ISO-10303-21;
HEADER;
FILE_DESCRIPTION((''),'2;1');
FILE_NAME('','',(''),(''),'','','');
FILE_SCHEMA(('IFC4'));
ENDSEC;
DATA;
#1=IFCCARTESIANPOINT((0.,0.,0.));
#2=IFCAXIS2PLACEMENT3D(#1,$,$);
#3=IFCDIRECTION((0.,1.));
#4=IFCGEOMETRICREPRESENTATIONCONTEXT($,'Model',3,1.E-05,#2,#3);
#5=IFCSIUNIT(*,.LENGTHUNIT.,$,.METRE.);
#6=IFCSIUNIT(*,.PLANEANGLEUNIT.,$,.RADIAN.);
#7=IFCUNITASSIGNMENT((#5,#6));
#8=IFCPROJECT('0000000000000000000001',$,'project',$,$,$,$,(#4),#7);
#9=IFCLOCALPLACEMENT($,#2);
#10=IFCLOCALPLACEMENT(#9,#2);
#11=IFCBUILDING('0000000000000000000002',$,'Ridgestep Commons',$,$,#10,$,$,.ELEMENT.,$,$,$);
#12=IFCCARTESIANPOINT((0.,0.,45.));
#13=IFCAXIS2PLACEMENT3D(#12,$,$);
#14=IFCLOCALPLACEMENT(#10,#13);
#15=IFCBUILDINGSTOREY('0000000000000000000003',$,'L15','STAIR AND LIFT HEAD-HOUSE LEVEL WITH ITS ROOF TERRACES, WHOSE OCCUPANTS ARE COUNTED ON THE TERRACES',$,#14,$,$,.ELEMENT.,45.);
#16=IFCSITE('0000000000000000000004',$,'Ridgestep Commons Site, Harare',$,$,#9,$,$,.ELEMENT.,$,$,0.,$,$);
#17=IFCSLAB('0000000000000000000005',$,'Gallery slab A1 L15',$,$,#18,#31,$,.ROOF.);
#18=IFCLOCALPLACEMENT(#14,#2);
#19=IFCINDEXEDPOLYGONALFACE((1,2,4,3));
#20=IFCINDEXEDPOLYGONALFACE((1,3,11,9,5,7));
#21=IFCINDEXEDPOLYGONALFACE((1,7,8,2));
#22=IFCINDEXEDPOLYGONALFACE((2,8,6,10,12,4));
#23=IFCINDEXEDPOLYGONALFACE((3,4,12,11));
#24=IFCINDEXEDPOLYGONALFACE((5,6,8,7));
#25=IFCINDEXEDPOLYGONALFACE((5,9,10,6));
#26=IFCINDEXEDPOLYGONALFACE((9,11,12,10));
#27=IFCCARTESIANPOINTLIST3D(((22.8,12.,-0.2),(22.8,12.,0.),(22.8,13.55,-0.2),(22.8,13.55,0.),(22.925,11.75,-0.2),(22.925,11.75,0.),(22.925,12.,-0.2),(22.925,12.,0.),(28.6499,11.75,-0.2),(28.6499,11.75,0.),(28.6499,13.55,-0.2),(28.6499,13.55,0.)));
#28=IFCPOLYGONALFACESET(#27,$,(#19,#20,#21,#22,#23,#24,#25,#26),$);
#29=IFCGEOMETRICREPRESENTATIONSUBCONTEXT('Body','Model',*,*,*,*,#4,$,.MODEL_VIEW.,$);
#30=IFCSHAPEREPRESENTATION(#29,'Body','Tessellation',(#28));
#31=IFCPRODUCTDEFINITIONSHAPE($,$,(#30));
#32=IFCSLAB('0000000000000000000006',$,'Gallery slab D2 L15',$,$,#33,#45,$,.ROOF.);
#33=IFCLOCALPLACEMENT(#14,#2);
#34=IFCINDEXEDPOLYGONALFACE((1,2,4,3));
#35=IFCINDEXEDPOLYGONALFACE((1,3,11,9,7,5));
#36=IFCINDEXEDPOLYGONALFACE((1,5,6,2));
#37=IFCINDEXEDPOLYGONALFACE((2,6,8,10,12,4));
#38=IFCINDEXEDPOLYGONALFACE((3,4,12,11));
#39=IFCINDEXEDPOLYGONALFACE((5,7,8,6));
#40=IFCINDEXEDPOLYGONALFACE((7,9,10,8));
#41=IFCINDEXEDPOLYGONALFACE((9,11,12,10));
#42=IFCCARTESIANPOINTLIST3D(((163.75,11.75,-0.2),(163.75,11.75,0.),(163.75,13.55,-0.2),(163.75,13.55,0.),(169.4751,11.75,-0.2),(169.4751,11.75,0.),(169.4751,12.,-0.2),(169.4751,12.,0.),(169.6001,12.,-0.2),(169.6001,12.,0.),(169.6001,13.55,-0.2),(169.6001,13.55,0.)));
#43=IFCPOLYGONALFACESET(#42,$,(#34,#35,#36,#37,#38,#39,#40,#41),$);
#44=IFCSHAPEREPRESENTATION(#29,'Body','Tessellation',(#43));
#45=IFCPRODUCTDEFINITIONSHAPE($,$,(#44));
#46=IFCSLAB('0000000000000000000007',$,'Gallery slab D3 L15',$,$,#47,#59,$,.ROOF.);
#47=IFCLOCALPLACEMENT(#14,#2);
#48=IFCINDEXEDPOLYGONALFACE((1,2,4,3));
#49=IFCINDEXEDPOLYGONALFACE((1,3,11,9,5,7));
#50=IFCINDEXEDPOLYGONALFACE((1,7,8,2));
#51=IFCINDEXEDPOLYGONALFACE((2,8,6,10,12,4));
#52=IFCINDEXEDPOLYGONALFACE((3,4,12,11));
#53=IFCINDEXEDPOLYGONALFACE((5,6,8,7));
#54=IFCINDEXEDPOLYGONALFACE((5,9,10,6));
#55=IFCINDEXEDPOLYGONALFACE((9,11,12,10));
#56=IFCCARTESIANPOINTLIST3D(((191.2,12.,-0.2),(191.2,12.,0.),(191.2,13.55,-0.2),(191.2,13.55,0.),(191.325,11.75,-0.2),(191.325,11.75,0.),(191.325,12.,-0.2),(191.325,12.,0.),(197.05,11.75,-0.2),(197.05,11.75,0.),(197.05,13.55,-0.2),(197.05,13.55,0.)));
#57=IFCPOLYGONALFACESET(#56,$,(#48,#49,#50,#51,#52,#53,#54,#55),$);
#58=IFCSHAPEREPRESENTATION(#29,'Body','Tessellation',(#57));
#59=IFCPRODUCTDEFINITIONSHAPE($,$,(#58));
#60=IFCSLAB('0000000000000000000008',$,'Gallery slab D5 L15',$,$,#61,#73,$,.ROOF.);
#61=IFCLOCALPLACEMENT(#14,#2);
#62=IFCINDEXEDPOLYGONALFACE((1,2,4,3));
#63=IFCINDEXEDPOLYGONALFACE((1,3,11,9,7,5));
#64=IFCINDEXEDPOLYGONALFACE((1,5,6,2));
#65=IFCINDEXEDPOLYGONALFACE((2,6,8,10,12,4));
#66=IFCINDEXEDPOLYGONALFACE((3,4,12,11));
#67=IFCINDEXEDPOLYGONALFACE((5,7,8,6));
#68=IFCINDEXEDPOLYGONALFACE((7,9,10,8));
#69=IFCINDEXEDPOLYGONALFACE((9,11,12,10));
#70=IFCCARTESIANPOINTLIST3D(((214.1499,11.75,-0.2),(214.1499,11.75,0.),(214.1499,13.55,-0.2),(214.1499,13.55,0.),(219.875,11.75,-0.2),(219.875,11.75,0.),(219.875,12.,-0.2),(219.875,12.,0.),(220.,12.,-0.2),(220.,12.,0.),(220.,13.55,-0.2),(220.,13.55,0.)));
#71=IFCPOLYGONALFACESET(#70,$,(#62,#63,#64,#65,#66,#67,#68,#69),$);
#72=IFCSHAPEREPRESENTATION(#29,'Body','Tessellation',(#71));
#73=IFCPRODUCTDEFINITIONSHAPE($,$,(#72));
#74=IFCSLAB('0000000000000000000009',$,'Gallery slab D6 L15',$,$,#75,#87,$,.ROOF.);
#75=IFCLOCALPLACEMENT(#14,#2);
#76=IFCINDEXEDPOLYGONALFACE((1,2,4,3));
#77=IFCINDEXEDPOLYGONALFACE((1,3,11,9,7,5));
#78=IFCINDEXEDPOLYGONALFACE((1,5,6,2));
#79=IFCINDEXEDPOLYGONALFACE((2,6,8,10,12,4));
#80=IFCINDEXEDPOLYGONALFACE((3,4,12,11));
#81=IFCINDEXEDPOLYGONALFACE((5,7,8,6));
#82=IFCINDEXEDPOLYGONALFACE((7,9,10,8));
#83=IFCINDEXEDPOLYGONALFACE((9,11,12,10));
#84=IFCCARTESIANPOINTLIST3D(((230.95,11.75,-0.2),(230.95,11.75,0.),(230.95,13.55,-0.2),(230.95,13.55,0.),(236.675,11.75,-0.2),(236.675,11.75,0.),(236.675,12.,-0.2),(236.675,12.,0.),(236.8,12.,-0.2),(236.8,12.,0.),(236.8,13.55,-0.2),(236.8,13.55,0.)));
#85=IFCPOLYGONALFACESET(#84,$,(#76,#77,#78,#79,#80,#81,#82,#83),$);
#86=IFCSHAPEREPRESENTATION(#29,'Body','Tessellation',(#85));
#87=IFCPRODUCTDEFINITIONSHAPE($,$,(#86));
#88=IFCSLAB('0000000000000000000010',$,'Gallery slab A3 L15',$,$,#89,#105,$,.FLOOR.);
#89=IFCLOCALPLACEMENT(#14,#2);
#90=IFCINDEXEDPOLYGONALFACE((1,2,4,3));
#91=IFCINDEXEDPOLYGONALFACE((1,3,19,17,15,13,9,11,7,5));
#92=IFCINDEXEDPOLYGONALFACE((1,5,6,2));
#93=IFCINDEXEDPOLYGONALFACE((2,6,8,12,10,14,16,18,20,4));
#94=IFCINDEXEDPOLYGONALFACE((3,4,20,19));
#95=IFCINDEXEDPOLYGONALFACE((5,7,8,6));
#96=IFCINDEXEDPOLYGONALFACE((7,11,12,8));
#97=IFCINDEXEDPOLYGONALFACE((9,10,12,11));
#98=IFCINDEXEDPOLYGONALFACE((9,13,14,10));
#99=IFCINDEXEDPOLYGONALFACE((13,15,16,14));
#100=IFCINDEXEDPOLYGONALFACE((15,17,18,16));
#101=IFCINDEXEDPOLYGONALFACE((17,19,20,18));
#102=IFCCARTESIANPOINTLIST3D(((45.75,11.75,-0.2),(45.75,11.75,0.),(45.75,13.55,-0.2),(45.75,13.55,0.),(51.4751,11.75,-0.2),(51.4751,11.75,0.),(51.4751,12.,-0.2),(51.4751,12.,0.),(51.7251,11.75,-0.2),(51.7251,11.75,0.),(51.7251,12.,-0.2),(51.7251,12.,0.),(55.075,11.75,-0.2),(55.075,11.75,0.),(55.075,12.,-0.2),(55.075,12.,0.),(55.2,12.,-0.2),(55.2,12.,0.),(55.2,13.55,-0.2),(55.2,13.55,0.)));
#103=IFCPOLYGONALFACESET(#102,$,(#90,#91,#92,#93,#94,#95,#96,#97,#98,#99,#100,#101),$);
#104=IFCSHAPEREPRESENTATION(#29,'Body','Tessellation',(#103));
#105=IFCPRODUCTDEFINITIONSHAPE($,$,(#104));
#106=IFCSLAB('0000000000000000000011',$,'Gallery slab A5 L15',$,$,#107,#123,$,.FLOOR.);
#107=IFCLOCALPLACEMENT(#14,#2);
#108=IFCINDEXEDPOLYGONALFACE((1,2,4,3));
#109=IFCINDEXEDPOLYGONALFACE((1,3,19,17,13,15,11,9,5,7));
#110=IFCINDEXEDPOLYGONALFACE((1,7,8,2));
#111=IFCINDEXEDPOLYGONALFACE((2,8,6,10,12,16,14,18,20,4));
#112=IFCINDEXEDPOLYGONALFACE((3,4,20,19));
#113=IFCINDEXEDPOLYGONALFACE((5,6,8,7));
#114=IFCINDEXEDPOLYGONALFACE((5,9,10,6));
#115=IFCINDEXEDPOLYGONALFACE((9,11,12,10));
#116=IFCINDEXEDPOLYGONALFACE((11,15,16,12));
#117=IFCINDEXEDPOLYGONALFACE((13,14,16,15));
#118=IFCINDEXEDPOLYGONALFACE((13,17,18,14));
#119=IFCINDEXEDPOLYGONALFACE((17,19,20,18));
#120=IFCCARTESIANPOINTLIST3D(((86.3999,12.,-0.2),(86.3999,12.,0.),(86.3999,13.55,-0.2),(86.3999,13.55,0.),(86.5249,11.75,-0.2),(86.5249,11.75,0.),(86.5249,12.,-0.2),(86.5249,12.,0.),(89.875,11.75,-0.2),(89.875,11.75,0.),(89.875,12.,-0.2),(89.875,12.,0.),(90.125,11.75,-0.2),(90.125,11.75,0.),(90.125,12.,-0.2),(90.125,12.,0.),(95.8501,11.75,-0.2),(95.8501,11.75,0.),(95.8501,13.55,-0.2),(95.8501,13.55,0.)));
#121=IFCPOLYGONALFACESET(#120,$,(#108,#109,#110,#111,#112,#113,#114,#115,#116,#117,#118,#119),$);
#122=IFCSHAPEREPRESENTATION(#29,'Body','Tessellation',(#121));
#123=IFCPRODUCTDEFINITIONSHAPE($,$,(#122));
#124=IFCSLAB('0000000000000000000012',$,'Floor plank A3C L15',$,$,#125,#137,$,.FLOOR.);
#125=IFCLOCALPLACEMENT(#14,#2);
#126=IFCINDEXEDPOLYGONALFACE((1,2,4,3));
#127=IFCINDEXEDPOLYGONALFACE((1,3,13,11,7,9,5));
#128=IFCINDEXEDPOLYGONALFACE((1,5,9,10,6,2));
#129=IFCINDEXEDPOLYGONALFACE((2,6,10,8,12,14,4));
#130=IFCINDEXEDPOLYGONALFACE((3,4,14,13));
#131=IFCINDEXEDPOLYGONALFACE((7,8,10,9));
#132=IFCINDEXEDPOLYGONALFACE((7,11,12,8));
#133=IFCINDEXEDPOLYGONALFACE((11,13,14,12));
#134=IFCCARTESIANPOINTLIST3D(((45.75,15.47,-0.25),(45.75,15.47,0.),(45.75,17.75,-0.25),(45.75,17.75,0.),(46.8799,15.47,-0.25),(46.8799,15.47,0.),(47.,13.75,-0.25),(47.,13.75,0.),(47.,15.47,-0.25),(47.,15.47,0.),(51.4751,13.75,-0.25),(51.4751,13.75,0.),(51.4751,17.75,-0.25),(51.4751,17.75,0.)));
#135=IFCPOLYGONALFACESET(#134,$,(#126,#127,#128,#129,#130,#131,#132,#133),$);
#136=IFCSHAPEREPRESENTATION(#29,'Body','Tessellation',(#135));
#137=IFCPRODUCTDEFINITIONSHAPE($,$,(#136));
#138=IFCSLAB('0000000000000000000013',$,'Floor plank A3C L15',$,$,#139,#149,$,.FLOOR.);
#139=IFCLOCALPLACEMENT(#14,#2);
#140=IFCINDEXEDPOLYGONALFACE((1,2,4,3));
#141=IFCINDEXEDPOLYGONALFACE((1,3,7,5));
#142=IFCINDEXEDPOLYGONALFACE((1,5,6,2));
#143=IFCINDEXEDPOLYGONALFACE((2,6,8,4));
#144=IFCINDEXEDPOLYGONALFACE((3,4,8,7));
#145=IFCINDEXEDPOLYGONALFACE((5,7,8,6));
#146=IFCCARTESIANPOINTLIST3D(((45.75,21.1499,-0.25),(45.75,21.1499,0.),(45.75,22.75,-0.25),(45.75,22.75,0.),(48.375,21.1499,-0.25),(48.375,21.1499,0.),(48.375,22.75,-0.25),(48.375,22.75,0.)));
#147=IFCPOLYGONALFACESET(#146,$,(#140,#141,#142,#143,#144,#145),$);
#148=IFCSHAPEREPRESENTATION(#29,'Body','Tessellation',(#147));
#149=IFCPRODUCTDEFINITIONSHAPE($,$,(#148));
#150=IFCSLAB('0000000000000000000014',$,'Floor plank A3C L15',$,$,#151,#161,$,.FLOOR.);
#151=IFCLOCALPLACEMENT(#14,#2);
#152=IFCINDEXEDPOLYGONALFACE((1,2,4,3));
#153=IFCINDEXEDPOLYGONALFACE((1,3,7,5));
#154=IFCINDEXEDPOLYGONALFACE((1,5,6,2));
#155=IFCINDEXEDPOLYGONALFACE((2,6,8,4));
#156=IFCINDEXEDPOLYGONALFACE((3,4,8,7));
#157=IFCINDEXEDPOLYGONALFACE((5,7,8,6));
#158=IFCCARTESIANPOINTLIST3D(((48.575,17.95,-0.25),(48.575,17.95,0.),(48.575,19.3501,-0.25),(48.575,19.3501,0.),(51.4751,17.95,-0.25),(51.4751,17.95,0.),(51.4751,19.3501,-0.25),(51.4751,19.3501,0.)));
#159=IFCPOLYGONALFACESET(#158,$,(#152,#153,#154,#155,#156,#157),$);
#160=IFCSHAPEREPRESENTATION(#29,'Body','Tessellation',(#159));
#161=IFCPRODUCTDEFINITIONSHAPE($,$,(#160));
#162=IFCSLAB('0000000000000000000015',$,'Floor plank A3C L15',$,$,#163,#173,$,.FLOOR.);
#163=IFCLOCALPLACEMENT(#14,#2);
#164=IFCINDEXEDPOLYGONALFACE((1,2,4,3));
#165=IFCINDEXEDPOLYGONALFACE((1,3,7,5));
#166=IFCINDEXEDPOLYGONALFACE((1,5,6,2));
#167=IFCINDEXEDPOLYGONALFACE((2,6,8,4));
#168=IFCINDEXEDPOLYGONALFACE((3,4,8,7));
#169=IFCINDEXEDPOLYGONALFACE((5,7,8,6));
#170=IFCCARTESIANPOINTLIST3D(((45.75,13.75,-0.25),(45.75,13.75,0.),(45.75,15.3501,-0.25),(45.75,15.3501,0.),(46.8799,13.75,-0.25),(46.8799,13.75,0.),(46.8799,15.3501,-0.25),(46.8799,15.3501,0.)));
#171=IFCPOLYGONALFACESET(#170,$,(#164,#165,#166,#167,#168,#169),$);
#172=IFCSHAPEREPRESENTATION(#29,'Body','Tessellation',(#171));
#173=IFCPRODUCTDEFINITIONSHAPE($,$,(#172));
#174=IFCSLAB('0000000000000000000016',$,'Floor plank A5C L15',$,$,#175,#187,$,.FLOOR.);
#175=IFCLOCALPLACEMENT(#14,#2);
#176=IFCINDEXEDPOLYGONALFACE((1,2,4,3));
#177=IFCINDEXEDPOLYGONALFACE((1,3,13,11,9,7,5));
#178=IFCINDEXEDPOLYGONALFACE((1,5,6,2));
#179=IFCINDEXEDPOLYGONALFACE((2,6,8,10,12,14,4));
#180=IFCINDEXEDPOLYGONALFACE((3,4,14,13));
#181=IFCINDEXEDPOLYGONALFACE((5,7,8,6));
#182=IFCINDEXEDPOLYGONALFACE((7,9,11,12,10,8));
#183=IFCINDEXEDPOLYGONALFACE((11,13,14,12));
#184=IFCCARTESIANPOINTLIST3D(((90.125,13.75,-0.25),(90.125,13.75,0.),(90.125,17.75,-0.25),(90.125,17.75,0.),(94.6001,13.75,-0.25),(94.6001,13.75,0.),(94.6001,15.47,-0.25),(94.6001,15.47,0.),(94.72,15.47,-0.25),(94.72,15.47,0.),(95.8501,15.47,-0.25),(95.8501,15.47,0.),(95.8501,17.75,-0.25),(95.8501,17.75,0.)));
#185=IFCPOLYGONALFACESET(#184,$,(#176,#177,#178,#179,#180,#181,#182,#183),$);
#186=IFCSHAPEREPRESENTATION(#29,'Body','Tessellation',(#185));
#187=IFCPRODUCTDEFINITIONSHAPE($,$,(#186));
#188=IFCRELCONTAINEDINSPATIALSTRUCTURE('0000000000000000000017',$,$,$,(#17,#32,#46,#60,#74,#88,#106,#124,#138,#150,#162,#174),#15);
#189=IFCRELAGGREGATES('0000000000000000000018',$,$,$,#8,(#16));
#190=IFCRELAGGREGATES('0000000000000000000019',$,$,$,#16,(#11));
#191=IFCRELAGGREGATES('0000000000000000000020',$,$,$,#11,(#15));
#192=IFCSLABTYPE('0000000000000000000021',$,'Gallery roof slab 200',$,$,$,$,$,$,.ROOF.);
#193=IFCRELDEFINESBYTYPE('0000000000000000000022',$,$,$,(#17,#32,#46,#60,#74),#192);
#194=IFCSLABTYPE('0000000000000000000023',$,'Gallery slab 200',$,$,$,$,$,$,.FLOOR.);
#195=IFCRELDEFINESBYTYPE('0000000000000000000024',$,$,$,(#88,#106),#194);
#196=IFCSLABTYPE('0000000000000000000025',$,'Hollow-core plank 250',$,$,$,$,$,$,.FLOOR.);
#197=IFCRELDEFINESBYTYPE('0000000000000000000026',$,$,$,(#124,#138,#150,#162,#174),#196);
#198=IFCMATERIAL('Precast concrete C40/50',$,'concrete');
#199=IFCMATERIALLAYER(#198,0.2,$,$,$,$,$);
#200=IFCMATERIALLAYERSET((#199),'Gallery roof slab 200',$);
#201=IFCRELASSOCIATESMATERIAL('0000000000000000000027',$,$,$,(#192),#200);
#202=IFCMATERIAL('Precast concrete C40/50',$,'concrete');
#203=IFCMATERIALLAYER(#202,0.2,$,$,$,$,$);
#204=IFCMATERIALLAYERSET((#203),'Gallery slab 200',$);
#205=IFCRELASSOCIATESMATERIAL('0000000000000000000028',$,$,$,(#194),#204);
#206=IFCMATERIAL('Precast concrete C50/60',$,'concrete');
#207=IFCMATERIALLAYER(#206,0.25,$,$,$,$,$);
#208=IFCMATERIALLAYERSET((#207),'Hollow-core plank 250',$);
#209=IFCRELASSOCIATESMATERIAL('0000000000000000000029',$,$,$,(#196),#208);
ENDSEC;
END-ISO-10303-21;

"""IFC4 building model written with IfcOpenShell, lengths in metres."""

from ifc_helpers import new_model, si_unit, direction, frame, origin, place, context, subcontext, project, spatial, polyline, outline, extrude, material, layer, layer_set, type_object, element, save


model = new_model("IFC4")

# Units and contexts
model_context = context("Model", 3, precision=1e-05, world=origin(), true_north=direction((0.0, 1.0)))
body_context = subcontext(model_context, "Body", "Model", "MODEL_VIEW")
ifc_project = project(units=[si_unit("LENGTHUNIT", "METRE"), si_unit("PLANEANGLEUNIT", "RADIAN")], contexts=[model_context])

# Site, building, storey
site_placement = place(None, origin())
site = spatial("IfcSite", under=ifc_project, at=site_placement, Name="Ridgestep Commons Site, Harare", CompositionType="ELEMENT", RefElevation=0.0)
building_placement = place(site_placement, origin())
building = spatial("IfcBuilding", under=site, at=building_placement, Name="Ridgestep Commons", CompositionType="ELEMENT")
storey_placement = place(building_placement, frame((0.0, 0.0, 45.0)))
storey = spatial("IfcBuildingStorey", under=building, at=storey_placement, Name="L15", Description="STAIR AND LIFT HEAD-HOUSE LEVEL WITH ITS ROOF TERRACES, WHOSE OCCUPANTS ARE COUNTED ON THE TERRACES", CompositionType="ELEMENT", Elevation=45.0)

# Slabs
ifc_material_1 = material(Name="Precast concrete C40/50", Category="concrete")
ifc_layer_1 = layer(ifc_material_1, 0.2)
ifc_layer_set_1 = layer_set([ifc_layer_1], Name="Gallery roof slab 200")
slab_type_1 = type_object("IfcSlabType", Name="Gallery roof slab 200", PredefinedType="ROOF", material=ifc_layer_set_1)
slab_1_placement = place(storey_placement, frame((0.0, 0.0, -0.2)))
element("IfcSlab", 1, at=slab_1_placement, inside=storey, type_object=slab_type_1, Name="Gallery slab A1 L15", PredefinedType="ROOF", context=body_context, shape_type="SweptSolid", body=[
    extrude(outline(polyline([(22.8, 13.55), (22.8, 12.0), (22.925, 12.0), (22.925, 11.75), (28.6499, 11.75), (28.6499, 13.55), (22.8, 13.55)])), origin(), (0.0, 0.0, 1.0), 0.2),
])
slab_2_placement = place(storey_placement, frame((0.0, 0.0, -0.2)))
element("IfcSlab", 2, at=slab_2_placement, inside=storey, type_object=slab_type_1, Name="Gallery slab D2 L15", PredefinedType="ROOF", context=body_context, shape_type="SweptSolid", body=[
    extrude(outline(polyline([(163.75, 11.75), (169.4751, 11.75), (169.4751, 12.0), (169.6001, 12.0), (169.6001, 13.55), (163.75, 13.55), (163.75, 11.75)])), origin(), (0.0, 0.0, 1.0), 0.2),
])
slab_3_placement = place(storey_placement, frame((0.0, 0.0, -0.2)))
element("IfcSlab", 3, at=slab_3_placement, inside=storey, type_object=slab_type_1, Name="Gallery slab D3 L15", PredefinedType="ROOF", context=body_context, shape_type="SweptSolid", body=[
    extrude(outline(polyline([(191.2, 13.55), (191.2, 12.0), (191.325, 12.0), (191.325, 11.75), (197.05, 11.75), (197.05, 13.55), (191.2, 13.55)])), origin(), (0.0, 0.0, 1.0), 0.2),
])
slab_4_placement = place(storey_placement, frame((0.0, 0.0, -0.2)))
element("IfcSlab", 4, at=slab_4_placement, inside=storey, type_object=slab_type_1, Name="Gallery slab D5 L15", PredefinedType="ROOF", context=body_context, shape_type="SweptSolid", body=[
    extrude(outline(polyline([(214.1499, 11.75), (219.875, 11.75), (219.875, 12.0), (220.0, 12.0), (220.0, 13.55), (214.1499, 13.55), (214.1499, 11.75)])), origin(), (0.0, 0.0, 1.0), 0.2),
])
slab_5_placement = place(storey_placement, frame((0.0, 0.0, -0.2)))
element("IfcSlab", 5, at=slab_5_placement, inside=storey, type_object=slab_type_1, Name="Gallery slab D6 L15", PredefinedType="ROOF", context=body_context, shape_type="SweptSolid", body=[
    extrude(outline(polyline([(230.95, 11.75), (236.675, 11.75), (236.675, 12.0), (236.8, 12.0), (236.8, 13.55), (230.95, 13.55), (230.95, 11.75)])), origin(), (0.0, 0.0, 1.0), 0.2),
])
ifc_material_2 = material(Name="Precast concrete C40/50", Category="concrete")
ifc_layer_2 = layer(ifc_material_2, 0.2)
ifc_layer_set_2 = layer_set([ifc_layer_2], Name="Gallery slab 200")
slab_type_2 = type_object("IfcSlabType", Name="Gallery slab 200", PredefinedType="FLOOR", material=ifc_layer_set_2)
slab_6_placement = place(storey_placement, frame((0.0, 0.0, -0.2)))
element("IfcSlab", 6, at=slab_6_placement, inside=storey, type_object=slab_type_2, Name="Gallery slab A3 L15", PredefinedType="FLOOR", context=body_context, shape_type="SweptSolid", body=[
    extrude(outline(polyline([(45.75, 13.55), (45.75, 11.75), (51.4751, 11.75), (51.4751, 12.0), (51.7251, 12.0), (51.7251, 11.75), (55.075, 11.75), (55.075, 12.0), (55.2, 12.0), (55.2, 13.55), (45.75, 13.55)])), origin(), (0.0, 0.0, 1.0), 0.2),
])
slab_7_placement = place(storey_placement, frame((0.0, 0.0, -0.2)))
element("IfcSlab", 7, at=slab_7_placement, inside=storey, type_object=slab_type_2, Name="Gallery slab A5 L15", PredefinedType="FLOOR", context=body_context, shape_type="SweptSolid", body=[
    extrude(outline(polyline([(95.8501, 13.55), (86.3999, 13.55), (86.3999, 12.0), (86.5249, 12.0), (86.5249, 11.75), (89.875, 11.75), (89.875, 12.0), (90.125, 12.0), (90.125, 11.75), (95.8501, 11.75), (95.8501, 13.55)])), origin(), (0.0, 0.0, 1.0), 0.2),
])
ifc_material_3 = material(Name="Precast concrete C50/60", Category="concrete")
ifc_layer_3 = layer(ifc_material_3, 0.25)
ifc_layer_set_3 = layer_set([ifc_layer_3], Name="Hollow-core plank 250")
slab_type_3 = type_object("IfcSlabType", Name="Hollow-core plank 250", PredefinedType="FLOOR", material=ifc_layer_set_3)
slab_8_placement = place(storey_placement, frame((0.0, 0.0, -0.25)))
element("IfcSlab", 8, at=slab_8_placement, inside=storey, type_object=slab_type_3, Name="Floor plank A3C L15", PredefinedType="FLOOR", context=body_context, shape_type="SweptSolid", body=[
    extrude(outline(polyline([(47.0, 13.75), (51.4751, 13.75), (51.4751, 17.75), (45.75, 17.75), (45.75, 15.47), (46.8799, 15.47), (47.0, 15.47), (47.0, 13.75)])), origin(), (0.0, 0.0, 1.0), 0.25),
])
slab_9_placement = place(storey_placement, frame((0.0, 0.0, -0.25)))
element("IfcSlab", 9, at=slab_9_placement, inside=storey, type_object=slab_type_3, Name="Floor plank A3C L15", PredefinedType="FLOOR", context=body_context, shape_type="SweptSolid", body=[
    extrude(outline(polyline([(48.375, 22.75), (45.75, 22.75), (45.75, 21.1499), (48.375, 21.1499), (48.375, 22.75)])), origin(), (0.0, 0.0, 1.0), 0.25),
])
slab_10_placement = place(storey_placement, frame((0.0, 0.0, -0.25)))
element("IfcSlab", 10, at=slab_10_placement, inside=storey, type_object=slab_type_3, Name="Floor plank A3C L15", PredefinedType="FLOOR", context=body_context, shape_type="SweptSolid", body=[
    extrude(outline(polyline([(51.4751, 17.95), (51.4751, 19.3501), (48.575, 19.3501), (48.575, 17.95), (51.4751, 17.95)])), origin(), (0.0, 0.0, 1.0), 0.25),
])
slab_11_placement = place(storey_placement, frame((0.0, 0.0, -0.25)))
element("IfcSlab", 11, at=slab_11_placement, inside=storey, type_object=slab_type_3, Name="Floor plank A3C L15", PredefinedType="FLOOR", context=body_context, shape_type="SweptSolid", body=[
    extrude(outline(polyline([(46.8799, 15.3501), (45.75, 15.3501), (45.75, 13.75), (46.8799, 13.75), (46.8799, 15.3501)])), origin(), (0.0, 0.0, 1.0), 0.25),
])
slab_12_placement = place(storey_placement, frame((0.0, 0.0, -0.25)))
element("IfcSlab", 12, at=slab_12_placement, inside=storey, type_object=slab_type_3, Name="Floor plank A5C L15", PredefinedType="FLOOR", context=body_context, shape_type="SweptSolid", body=[
    extrude(outline(polyline([(94.72, 15.47), (95.8501, 15.47), (95.8501, 17.75), (90.125, 17.75), (90.125, 13.75), (94.6001, 13.75), (94.6001, 15.47), (94.72, 15.47)])), origin(), (0.0, 0.0, 1.0), 0.25),
])

save(model, "model.ifc")
